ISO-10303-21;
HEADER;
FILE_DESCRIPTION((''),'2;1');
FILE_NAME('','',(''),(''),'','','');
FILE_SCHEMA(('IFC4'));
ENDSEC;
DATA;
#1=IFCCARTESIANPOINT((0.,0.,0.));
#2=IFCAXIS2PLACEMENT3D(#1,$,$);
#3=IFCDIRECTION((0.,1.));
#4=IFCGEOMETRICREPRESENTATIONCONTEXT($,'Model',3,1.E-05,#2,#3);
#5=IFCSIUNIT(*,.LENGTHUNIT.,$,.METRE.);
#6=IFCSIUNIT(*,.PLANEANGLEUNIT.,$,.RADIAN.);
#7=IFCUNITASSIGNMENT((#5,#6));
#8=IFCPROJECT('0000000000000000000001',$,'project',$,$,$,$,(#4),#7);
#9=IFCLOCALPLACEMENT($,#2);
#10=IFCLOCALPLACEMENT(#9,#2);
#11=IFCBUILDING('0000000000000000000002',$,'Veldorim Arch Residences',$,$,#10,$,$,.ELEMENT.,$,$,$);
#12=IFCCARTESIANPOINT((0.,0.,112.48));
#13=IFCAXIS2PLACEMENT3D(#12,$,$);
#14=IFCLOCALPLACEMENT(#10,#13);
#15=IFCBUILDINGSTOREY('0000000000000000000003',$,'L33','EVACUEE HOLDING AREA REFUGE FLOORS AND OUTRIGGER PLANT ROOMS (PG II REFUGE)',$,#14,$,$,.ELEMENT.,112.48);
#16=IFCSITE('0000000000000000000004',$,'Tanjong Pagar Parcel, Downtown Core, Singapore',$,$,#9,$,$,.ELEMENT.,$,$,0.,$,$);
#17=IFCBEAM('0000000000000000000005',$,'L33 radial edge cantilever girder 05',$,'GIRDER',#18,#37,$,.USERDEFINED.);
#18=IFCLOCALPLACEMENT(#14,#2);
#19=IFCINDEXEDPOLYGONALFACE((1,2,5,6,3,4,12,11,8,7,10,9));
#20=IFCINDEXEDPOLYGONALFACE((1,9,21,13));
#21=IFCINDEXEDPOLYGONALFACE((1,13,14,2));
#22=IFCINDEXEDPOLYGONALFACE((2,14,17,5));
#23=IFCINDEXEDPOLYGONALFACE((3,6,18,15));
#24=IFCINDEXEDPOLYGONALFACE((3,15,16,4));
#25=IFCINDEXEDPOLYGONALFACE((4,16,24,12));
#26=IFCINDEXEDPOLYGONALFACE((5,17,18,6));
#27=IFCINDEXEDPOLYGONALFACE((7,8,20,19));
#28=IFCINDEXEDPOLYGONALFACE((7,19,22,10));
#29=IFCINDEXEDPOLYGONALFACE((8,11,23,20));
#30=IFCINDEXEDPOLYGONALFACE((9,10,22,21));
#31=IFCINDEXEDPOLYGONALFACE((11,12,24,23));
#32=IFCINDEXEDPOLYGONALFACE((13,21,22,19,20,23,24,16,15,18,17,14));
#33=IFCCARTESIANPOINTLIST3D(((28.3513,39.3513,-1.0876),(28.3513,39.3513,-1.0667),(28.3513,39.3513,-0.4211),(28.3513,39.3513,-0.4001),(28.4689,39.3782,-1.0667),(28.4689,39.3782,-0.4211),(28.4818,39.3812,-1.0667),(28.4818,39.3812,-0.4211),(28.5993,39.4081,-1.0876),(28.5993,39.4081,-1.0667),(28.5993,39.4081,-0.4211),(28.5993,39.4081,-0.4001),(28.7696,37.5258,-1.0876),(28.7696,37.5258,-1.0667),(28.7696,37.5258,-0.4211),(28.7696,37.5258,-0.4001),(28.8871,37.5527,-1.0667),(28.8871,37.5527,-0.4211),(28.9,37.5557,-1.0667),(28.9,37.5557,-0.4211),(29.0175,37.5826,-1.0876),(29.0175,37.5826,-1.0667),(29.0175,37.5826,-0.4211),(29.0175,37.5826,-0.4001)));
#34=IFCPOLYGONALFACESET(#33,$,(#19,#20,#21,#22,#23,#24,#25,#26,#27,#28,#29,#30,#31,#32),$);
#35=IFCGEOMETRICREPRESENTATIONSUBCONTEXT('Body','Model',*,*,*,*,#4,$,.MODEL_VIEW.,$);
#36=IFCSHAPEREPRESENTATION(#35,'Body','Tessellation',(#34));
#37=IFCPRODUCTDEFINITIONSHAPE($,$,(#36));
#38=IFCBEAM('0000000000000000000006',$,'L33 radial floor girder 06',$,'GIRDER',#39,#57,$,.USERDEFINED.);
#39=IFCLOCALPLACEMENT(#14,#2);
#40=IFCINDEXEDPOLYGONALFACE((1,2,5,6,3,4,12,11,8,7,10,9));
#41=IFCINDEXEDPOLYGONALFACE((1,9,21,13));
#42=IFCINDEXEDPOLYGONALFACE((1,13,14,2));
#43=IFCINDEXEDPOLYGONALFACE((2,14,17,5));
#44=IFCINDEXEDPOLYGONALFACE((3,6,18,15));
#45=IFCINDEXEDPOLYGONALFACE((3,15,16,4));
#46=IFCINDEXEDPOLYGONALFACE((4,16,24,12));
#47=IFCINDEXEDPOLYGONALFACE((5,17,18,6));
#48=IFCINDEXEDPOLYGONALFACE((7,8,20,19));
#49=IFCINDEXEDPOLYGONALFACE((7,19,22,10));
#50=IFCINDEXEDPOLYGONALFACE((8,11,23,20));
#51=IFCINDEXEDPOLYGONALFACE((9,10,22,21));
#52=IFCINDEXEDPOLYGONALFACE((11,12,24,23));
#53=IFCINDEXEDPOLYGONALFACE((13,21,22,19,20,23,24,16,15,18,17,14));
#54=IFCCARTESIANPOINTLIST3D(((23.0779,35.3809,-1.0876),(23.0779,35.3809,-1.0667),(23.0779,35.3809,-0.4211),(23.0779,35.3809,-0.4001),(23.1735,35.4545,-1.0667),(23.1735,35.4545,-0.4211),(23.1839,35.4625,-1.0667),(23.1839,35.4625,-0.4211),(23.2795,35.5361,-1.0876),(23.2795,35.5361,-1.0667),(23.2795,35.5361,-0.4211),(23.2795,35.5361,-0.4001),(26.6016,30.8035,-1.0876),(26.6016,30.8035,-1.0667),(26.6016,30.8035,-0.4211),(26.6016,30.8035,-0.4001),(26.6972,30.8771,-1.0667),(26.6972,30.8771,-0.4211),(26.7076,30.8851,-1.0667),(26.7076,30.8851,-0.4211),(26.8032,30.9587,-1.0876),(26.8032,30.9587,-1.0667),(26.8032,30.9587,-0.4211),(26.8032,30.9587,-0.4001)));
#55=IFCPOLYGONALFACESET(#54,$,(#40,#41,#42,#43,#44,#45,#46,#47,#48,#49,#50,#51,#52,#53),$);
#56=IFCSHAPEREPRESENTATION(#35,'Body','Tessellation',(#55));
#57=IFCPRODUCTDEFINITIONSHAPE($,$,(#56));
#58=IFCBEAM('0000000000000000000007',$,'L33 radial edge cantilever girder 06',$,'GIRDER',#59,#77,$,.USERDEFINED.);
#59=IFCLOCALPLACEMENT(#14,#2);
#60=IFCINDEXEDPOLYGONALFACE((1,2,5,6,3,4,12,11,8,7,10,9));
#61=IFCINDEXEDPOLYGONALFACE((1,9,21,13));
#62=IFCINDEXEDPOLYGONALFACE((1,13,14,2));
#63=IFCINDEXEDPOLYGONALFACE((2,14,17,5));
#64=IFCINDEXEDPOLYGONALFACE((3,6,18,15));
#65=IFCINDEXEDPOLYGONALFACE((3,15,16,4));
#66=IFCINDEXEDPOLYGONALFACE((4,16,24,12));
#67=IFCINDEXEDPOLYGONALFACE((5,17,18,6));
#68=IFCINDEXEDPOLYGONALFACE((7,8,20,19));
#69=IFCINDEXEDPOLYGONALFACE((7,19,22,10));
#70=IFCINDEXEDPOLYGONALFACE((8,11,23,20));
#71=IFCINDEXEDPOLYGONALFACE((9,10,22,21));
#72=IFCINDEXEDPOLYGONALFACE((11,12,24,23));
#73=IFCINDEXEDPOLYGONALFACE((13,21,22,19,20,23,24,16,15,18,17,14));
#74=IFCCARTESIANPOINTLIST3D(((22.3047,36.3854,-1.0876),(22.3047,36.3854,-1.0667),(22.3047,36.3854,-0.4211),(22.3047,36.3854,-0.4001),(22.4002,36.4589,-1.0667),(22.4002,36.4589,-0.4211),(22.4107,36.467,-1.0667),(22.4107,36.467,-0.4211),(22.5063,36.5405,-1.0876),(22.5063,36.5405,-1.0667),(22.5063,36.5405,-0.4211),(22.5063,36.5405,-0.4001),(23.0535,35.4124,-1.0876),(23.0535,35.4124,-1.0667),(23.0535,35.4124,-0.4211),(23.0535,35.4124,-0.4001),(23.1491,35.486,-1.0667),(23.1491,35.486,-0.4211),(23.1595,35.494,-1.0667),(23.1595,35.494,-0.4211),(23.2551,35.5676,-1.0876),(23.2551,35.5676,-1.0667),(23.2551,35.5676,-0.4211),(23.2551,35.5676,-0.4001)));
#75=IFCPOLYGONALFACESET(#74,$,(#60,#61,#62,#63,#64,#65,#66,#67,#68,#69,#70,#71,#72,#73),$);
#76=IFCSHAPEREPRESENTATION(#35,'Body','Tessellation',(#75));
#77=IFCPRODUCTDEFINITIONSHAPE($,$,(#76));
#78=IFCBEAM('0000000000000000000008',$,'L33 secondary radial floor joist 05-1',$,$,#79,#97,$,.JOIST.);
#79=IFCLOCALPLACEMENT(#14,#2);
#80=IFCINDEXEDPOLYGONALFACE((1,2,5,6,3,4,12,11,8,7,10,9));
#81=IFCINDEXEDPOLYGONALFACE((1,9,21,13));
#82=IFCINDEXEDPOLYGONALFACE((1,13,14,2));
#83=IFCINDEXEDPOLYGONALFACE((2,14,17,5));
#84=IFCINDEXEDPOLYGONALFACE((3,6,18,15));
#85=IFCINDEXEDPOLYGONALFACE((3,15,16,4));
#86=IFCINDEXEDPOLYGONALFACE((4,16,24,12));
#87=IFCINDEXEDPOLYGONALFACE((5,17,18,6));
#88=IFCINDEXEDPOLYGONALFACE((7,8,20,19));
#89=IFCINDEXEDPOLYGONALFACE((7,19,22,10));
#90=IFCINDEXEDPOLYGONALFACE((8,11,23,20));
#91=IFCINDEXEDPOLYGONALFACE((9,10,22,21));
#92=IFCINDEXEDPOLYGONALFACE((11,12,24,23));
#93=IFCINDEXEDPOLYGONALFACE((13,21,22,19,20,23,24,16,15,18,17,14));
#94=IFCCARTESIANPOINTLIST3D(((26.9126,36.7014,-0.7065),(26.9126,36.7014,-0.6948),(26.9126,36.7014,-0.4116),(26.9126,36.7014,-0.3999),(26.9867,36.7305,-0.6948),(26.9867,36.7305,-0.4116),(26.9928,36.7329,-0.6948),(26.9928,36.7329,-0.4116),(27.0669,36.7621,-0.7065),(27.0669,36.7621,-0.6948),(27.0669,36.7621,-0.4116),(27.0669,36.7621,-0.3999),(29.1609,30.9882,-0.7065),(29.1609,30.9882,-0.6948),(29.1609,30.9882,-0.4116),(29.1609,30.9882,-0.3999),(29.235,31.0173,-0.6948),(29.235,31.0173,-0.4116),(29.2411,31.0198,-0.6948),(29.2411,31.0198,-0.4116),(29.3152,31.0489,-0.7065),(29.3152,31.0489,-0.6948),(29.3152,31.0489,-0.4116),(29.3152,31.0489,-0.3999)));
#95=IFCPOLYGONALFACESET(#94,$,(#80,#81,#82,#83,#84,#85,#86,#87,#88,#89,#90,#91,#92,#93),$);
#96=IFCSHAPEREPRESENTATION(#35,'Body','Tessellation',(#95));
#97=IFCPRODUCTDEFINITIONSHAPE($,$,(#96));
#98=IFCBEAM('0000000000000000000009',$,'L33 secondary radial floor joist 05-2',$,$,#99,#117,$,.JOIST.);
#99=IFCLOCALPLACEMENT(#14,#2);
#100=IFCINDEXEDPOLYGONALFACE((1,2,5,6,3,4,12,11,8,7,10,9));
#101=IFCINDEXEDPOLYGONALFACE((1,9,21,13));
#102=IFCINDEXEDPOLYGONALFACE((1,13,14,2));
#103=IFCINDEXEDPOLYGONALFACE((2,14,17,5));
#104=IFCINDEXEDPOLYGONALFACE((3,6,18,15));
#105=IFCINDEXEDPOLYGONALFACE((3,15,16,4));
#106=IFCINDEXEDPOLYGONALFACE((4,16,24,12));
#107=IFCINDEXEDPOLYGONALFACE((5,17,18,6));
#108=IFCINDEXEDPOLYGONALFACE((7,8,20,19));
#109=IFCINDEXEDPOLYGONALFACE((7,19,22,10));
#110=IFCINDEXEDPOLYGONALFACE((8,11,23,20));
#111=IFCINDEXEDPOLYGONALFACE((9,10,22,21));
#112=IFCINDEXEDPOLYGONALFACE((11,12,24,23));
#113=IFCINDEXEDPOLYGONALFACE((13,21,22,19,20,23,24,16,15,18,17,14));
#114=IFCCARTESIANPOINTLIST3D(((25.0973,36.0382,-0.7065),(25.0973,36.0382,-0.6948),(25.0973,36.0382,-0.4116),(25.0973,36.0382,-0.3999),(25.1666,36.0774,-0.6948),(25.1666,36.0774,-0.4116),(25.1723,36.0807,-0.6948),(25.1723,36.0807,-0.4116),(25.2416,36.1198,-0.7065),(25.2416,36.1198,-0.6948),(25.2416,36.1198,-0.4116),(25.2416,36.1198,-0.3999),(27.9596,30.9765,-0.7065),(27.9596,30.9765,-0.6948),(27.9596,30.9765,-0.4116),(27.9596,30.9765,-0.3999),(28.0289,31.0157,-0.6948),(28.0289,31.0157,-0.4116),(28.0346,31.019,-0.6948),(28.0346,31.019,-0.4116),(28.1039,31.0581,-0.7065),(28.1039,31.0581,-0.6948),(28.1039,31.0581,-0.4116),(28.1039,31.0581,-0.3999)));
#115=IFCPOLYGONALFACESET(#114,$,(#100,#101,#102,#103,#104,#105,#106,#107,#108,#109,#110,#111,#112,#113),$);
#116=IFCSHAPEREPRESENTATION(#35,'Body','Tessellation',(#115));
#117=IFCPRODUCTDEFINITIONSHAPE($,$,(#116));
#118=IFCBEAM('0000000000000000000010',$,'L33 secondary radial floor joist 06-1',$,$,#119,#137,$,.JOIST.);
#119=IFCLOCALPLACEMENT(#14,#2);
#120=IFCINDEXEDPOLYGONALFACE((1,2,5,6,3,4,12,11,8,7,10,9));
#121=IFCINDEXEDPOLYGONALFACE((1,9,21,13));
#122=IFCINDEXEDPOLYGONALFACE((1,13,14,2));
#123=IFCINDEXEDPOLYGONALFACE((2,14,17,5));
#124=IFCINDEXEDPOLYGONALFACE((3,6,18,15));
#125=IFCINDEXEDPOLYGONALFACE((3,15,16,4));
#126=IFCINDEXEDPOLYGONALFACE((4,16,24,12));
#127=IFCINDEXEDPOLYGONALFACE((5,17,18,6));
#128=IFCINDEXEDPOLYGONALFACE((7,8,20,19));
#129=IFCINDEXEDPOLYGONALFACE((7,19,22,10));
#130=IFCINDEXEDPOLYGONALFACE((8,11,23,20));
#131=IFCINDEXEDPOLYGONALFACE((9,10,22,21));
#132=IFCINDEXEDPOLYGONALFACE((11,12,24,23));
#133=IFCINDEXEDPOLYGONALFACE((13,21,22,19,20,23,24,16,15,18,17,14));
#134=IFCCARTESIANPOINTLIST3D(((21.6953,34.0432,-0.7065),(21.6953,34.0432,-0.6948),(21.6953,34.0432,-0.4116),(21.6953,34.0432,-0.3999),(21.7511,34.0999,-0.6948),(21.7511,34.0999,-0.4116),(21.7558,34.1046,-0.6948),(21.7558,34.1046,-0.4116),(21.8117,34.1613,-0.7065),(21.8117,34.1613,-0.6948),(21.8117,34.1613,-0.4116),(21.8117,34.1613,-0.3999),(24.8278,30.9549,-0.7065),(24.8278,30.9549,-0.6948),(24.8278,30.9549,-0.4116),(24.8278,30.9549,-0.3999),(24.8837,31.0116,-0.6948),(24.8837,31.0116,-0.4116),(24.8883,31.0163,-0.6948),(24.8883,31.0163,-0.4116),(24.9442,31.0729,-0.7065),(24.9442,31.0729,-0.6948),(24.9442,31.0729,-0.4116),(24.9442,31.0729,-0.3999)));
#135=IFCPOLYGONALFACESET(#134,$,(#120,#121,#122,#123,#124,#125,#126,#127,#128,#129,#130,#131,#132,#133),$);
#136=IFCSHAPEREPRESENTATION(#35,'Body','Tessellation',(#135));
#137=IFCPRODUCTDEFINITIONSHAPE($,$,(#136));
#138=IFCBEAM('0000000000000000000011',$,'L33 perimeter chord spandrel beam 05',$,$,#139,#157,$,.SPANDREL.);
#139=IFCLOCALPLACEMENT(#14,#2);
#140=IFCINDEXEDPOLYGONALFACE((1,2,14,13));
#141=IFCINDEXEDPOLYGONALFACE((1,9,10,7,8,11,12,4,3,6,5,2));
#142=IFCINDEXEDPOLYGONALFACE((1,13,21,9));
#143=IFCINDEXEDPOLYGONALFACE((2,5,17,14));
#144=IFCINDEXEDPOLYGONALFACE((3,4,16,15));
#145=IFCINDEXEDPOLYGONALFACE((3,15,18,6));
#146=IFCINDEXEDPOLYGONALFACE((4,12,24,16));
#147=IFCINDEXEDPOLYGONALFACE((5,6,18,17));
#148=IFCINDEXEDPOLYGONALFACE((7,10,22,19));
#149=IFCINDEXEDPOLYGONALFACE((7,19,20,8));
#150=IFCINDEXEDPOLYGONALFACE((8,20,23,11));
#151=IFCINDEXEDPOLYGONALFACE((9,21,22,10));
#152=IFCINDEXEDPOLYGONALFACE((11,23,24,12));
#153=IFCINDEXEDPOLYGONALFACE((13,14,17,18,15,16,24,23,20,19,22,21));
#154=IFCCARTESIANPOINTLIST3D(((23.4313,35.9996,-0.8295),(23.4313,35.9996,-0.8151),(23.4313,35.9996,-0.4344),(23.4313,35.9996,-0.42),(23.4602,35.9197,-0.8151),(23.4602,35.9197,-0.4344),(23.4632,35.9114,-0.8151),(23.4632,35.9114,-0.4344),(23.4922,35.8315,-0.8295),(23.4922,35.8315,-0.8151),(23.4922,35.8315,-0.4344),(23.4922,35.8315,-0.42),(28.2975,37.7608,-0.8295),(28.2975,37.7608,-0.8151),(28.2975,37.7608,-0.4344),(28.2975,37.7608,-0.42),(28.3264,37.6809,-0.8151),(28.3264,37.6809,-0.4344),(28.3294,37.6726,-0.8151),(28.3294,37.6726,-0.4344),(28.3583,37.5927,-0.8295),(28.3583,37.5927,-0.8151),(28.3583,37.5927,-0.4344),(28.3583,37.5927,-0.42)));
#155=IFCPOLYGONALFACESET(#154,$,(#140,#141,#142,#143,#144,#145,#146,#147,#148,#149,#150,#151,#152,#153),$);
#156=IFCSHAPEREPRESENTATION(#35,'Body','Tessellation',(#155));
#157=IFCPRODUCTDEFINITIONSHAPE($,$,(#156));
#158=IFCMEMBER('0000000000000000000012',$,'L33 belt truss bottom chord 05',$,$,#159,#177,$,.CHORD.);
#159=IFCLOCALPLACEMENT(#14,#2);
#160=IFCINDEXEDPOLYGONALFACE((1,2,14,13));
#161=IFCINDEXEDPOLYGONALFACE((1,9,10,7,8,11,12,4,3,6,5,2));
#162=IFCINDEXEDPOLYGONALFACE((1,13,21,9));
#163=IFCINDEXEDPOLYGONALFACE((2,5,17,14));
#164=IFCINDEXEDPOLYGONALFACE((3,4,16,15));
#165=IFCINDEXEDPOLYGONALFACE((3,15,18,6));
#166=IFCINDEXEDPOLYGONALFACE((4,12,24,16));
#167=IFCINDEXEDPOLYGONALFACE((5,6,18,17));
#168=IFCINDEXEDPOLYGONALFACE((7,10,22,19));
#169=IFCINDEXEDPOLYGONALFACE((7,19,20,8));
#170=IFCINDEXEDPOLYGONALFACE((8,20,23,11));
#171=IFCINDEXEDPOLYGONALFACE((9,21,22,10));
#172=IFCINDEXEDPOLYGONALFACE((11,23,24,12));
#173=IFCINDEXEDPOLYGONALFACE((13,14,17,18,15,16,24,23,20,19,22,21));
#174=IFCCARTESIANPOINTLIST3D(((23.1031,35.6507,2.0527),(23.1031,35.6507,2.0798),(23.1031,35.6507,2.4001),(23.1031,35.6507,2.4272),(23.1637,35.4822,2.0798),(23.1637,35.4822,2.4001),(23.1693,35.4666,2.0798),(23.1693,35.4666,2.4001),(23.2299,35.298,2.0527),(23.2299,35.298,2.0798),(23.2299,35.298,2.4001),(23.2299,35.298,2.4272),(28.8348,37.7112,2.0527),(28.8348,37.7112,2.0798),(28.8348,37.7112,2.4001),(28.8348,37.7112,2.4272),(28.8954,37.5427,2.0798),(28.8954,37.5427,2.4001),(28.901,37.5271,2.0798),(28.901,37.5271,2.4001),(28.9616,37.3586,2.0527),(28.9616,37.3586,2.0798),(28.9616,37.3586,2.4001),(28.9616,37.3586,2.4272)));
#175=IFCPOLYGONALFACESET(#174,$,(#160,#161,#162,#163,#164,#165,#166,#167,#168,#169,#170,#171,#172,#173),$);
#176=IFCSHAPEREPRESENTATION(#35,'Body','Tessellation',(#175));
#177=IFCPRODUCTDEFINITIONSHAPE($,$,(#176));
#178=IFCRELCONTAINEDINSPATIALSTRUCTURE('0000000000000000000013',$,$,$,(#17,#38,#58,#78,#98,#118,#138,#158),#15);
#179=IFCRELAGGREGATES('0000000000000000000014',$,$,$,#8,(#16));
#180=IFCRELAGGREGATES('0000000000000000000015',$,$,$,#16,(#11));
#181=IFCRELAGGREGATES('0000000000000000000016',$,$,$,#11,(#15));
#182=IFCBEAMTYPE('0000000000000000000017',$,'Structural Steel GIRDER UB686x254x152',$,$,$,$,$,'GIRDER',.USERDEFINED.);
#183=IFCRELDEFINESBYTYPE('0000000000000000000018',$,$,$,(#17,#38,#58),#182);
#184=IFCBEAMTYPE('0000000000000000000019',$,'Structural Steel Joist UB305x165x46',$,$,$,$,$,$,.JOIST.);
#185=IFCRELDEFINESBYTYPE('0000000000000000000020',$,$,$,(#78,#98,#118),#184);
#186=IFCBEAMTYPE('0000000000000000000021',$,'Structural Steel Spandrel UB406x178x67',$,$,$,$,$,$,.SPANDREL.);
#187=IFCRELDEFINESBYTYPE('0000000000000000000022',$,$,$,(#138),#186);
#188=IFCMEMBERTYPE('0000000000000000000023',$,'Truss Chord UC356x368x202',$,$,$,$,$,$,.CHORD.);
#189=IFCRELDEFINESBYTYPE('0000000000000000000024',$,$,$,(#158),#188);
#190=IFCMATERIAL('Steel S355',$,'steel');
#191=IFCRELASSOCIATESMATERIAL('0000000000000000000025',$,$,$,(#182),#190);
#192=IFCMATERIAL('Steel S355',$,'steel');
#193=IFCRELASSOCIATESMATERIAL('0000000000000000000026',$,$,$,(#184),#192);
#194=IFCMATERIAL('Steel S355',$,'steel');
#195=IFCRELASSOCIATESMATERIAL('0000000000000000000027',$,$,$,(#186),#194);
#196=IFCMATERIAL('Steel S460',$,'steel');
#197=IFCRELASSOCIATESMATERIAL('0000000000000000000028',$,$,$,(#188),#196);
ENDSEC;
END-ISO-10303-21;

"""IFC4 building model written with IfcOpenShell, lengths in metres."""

from ifc_helpers import new_model, si_unit, direction, frame, origin, origin_2d, place, context, subcontext, project, spatial, i_section, extrude, material, material_profile, profile_set, type_object, element, save


model = new_model("IFC4")

# Units and contexts
model_context = context("Model", 3, precision=1e-05, world=origin(), true_north=direction((0.0, 1.0)))
body_context = subcontext(model_context, "Body", "Model", "MODEL_VIEW")
ifc_project = project(units=[si_unit("LENGTHUNIT", "METRE"), si_unit("PLANEANGLEUNIT", "RADIAN")], contexts=[model_context])

# Site, building, storey
site_placement = place(None, origin())
site = spatial("IfcSite", under=ifc_project, at=site_placement, Name="Tanjong Pagar Parcel, Downtown Core, Singapore", CompositionType="ELEMENT", RefElevation=0.0)
building_placement = place(site_placement, origin())
building = spatial("IfcBuilding", under=site, at=building_placement, Name="Veldorim Arch Residences", CompositionType="ELEMENT")
storey_placement = place(building_placement, frame((0.0, 0.0, 112.48)))
storey = spatial("IfcBuildingStorey", under=building, at=storey_placement, Name="L33", Description="EVACUEE HOLDING AREA REFUGE FLOORS AND OUTRIGGER PLANT ROOMS (PG II REFUGE)", CompositionType="ELEMENT", Elevation=112.48)

# Beams
ifc_material_1 = material(Name="Steel S355", Category="steel")
ifc_material_profile_1 = material_profile(ifc_material_1, i_section(OverallWidth=0.2544, OverallDepth=0.6875, WebThickness=0.0132, FlangeThickness=0.021, at=origin_2d()), Name="UB686x254x152")
ifc_profile_set_1 = profile_set([ifc_material_profile_1], Name="Steel S355")
beam_type_1 = type_object("IfcBeamType", Name="Structural Steel GIRDER UB686x254x152", ElementType="GIRDER", PredefinedType="USERDEFINED", material=ifc_profile_set_1)
beam_1_placement = place(storey_placement, frame((28.8936, 37.5542, -0.7439), z_axis=(-0.223317, 0.974746, 0.0), x_axis=(-0.974746, -0.223317, 0.0)))
element("IfcBeam", 1, at=beam_1_placement, inside=storey, type_object=beam_type_1, Name="L33 radial edge cantilever girder 05", ObjectType="GIRDER", PredefinedType="USERDEFINED", context=body_context, shape_type="SweptSolid", body=[
    extrude(i_section(OverallWidth=0.2544, OverallDepth=0.6875, WebThickness=0.0132, FlangeThickness=0.021, at=origin_2d()), origin(), (0.0, 0.0, 1.0), 1.8728),
])
beam_2_placement = place(storey_placement, frame((26.7024, 30.8811, -0.7439), z_axis=(-0.609995, 0.792406, 0.0), x_axis=(-0.792406, -0.609995, 0.0)))
element("IfcBeam", 2, at=beam_2_placement, inside=storey, type_object=beam_type_1, Name="L33 radial floor girder 06", ObjectType="GIRDER", PredefinedType="USERDEFINED", context=body_context, shape_type="SweptSolid", body=[
    extrude(i_section(OverallWidth=0.2544, OverallDepth=0.6875, WebThickness=0.0132, FlangeThickness=0.021, at=origin_2d()), origin(), (0.0, 0.0, 1.0), 5.7766),
])
beam_3_placement = place(storey_placement, frame((23.1543, 35.49, -0.7439), z_axis=(-0.609913, 0.792469, 0.0), x_axis=(-0.792469, -0.609913, 0.0)))
element("IfcBeam", 3, at=beam_3_placement, inside=storey, type_object=beam_type_1, Name="L33 radial edge cantilever girder 06", ObjectType="GIRDER", PredefinedType="USERDEFINED", context=body_context, shape_type="SweptSolid", body=[
    extrude(i_section(OverallWidth=0.2544, OverallDepth=0.6875, WebThickness=0.0132, FlangeThickness=0.021, at=origin_2d()), origin(), (0.0, 0.0, 1.0), 1.2278),
])
ifc_material_2 = material(Name="Steel S355", Category="steel")
ifc_material_profile_2 = material_profile(ifc_material_2, i_section(OverallWidth=0.1658, OverallDepth=0.3066, WebThickness=0.0066, FlangeThickness=0.0117, at=origin_2d()), Name="UB305x165x46")
ifc_profile_set_2 = profile_set([ifc_material_profile_2], Name="Steel S355")
beam_type_2 = type_object("IfcBeamType", Name="Structural Steel Joist UB305x165x46", PredefinedType="JOIST", material=ifc_profile_set_2)
beam_4_placement = place(storey_placement, frame((29.238, 31.0186, -0.5532), z_axis=(-0.366195, 0.930538, 0.0), x_axis=(-0.930538, -0.366195, 0.0)))
element("IfcBeam", 4, at=beam_4_placement, inside=storey, type_object=beam_type_2, Name="L33 secondary radial floor joist 05-1", PredefinedType="JOIST", context=body_context, shape_type="SweptSolid", body=[
    extrude(i_section(OverallWidth=0.1658, OverallDepth=0.3066, WebThickness=0.0066, FlangeThickness=0.0117, at=origin_2d()), origin(), (0.0, 0.0, 1.0), 6.1396),
])
beam_5_placement = place(storey_placement, frame((28.0317, 31.0173, -0.5532), z_axis=(-0.492227, 0.870467, 0.0), x_axis=(-0.870467, -0.492227, 0.0)))
element("IfcBeam", 5, at=beam_5_placement, inside=storey, type_object=beam_type_2, Name="L33 secondary radial floor joist 05-2", PredefinedType="JOIST", context=body_context, shape_type="SweptSolid", body=[
    extrude(i_section(OverallWidth=0.1658, OverallDepth=0.3066, WebThickness=0.0066, FlangeThickness=0.0117, at=origin_2d()), origin(), (0.0, 0.0, 1.0), 5.8149),
])
beam_6_placement = place(storey_placement, frame((24.886, 31.0139, -0.5532), z_axis=(-0.712112, 0.702066, 0.0), x_axis=(-0.702066, -0.712112, 0.0)))
element("IfcBeam", 6, at=beam_6_placement, inside=storey, type_object=beam_type_2, Name="L33 secondary radial floor joist 06-1", PredefinedType="JOIST", context=body_context, shape_type="SweptSolid", body=[
    extrude(i_section(OverallWidth=0.1658, OverallDepth=0.3066, WebThickness=0.0066, FlangeThickness=0.0117, at=origin_2d()), origin(), (0.0, 0.0, 1.0), 4.3989),
])
ifc_material_3 = material(Name="Steel S355", Category="steel")
ifc_material_profile_3 = material_profile(ifc_material_3, i_section(OverallWidth=0.1787, OverallDepth=0.4094, WebThickness=0.0088, FlangeThickness=0.0144, at=origin_2d()), Name="UB406x178x67")
ifc_profile_set_3 = profile_set([ifc_material_profile_3], Name="Steel S355")
beam_type_3 = type_object("IfcBeamType", Name="Structural Steel Spandrel UB406x178x67", PredefinedType="SPANDREL", material=ifc_profile_set_3)
beam_7_placement = place(storey_placement, frame((28.3279, 37.6768, -0.6248), z_axis=(-0.940308, -0.340326, 0.0), x_axis=(0.340326, -0.940308, 0.0)))
element("IfcBeam", 7, at=beam_7_placement, inside=storey, type_object=beam_type_3, Name="L33 perimeter chord spandrel beam 05", PredefinedType="SPANDREL", context=body_context, shape_type="SweptSolid", body=[
    extrude(i_section(OverallWidth=0.1787, OverallDepth=0.4094, WebThickness=0.0088, FlangeThickness=0.0144, at=origin_2d()), origin(), (0.0, 0.0, 1.0), 5.175),
])

# Member
ifc_material_4 = material(Name="Steel S460", Category="steel")
ifc_material_profile_4 = material_profile(ifc_material_4, i_section(OverallWidth=0.3748, OverallDepth=0.3745, WebThickness=0.0166, FlangeThickness=0.0271, at=origin_2d()), Name="UC356x368x202")
ifc_profile_set_4 = profile_set([ifc_material_profile_4], Name="Steel S460")
member_type = type_object("IfcMemberType", Name="Truss Chord UC356x368x202", PredefinedType="CHORD", material=ifc_profile_set_4)
for number, where, z_axis, x_axis, name in (
    (8, (28.8982, 37.5349, 2.24), (-0.941037, -0.338304, 0.0), (0.338304, -0.941037, 0.0), "L33 belt truss bottom chord 05"),
):
    element("IfcMember", number, at=place(storey_placement, frame(where, z_axis=z_axis, x_axis=x_axis)), inside=storey, type_object=member_type, Name=name, PredefinedType="CHORD", context=body_context, shape_type="SweptSolid", body=[
        extrude(i_section(OverallWidth=0.3748, OverallDepth=0.3745, WebThickness=0.0166, FlangeThickness=0.0271, at=origin_2d()), origin(), (0.0, 0.0, 1.0), 6.0908),
    ])

save(model, "model.ifc")
